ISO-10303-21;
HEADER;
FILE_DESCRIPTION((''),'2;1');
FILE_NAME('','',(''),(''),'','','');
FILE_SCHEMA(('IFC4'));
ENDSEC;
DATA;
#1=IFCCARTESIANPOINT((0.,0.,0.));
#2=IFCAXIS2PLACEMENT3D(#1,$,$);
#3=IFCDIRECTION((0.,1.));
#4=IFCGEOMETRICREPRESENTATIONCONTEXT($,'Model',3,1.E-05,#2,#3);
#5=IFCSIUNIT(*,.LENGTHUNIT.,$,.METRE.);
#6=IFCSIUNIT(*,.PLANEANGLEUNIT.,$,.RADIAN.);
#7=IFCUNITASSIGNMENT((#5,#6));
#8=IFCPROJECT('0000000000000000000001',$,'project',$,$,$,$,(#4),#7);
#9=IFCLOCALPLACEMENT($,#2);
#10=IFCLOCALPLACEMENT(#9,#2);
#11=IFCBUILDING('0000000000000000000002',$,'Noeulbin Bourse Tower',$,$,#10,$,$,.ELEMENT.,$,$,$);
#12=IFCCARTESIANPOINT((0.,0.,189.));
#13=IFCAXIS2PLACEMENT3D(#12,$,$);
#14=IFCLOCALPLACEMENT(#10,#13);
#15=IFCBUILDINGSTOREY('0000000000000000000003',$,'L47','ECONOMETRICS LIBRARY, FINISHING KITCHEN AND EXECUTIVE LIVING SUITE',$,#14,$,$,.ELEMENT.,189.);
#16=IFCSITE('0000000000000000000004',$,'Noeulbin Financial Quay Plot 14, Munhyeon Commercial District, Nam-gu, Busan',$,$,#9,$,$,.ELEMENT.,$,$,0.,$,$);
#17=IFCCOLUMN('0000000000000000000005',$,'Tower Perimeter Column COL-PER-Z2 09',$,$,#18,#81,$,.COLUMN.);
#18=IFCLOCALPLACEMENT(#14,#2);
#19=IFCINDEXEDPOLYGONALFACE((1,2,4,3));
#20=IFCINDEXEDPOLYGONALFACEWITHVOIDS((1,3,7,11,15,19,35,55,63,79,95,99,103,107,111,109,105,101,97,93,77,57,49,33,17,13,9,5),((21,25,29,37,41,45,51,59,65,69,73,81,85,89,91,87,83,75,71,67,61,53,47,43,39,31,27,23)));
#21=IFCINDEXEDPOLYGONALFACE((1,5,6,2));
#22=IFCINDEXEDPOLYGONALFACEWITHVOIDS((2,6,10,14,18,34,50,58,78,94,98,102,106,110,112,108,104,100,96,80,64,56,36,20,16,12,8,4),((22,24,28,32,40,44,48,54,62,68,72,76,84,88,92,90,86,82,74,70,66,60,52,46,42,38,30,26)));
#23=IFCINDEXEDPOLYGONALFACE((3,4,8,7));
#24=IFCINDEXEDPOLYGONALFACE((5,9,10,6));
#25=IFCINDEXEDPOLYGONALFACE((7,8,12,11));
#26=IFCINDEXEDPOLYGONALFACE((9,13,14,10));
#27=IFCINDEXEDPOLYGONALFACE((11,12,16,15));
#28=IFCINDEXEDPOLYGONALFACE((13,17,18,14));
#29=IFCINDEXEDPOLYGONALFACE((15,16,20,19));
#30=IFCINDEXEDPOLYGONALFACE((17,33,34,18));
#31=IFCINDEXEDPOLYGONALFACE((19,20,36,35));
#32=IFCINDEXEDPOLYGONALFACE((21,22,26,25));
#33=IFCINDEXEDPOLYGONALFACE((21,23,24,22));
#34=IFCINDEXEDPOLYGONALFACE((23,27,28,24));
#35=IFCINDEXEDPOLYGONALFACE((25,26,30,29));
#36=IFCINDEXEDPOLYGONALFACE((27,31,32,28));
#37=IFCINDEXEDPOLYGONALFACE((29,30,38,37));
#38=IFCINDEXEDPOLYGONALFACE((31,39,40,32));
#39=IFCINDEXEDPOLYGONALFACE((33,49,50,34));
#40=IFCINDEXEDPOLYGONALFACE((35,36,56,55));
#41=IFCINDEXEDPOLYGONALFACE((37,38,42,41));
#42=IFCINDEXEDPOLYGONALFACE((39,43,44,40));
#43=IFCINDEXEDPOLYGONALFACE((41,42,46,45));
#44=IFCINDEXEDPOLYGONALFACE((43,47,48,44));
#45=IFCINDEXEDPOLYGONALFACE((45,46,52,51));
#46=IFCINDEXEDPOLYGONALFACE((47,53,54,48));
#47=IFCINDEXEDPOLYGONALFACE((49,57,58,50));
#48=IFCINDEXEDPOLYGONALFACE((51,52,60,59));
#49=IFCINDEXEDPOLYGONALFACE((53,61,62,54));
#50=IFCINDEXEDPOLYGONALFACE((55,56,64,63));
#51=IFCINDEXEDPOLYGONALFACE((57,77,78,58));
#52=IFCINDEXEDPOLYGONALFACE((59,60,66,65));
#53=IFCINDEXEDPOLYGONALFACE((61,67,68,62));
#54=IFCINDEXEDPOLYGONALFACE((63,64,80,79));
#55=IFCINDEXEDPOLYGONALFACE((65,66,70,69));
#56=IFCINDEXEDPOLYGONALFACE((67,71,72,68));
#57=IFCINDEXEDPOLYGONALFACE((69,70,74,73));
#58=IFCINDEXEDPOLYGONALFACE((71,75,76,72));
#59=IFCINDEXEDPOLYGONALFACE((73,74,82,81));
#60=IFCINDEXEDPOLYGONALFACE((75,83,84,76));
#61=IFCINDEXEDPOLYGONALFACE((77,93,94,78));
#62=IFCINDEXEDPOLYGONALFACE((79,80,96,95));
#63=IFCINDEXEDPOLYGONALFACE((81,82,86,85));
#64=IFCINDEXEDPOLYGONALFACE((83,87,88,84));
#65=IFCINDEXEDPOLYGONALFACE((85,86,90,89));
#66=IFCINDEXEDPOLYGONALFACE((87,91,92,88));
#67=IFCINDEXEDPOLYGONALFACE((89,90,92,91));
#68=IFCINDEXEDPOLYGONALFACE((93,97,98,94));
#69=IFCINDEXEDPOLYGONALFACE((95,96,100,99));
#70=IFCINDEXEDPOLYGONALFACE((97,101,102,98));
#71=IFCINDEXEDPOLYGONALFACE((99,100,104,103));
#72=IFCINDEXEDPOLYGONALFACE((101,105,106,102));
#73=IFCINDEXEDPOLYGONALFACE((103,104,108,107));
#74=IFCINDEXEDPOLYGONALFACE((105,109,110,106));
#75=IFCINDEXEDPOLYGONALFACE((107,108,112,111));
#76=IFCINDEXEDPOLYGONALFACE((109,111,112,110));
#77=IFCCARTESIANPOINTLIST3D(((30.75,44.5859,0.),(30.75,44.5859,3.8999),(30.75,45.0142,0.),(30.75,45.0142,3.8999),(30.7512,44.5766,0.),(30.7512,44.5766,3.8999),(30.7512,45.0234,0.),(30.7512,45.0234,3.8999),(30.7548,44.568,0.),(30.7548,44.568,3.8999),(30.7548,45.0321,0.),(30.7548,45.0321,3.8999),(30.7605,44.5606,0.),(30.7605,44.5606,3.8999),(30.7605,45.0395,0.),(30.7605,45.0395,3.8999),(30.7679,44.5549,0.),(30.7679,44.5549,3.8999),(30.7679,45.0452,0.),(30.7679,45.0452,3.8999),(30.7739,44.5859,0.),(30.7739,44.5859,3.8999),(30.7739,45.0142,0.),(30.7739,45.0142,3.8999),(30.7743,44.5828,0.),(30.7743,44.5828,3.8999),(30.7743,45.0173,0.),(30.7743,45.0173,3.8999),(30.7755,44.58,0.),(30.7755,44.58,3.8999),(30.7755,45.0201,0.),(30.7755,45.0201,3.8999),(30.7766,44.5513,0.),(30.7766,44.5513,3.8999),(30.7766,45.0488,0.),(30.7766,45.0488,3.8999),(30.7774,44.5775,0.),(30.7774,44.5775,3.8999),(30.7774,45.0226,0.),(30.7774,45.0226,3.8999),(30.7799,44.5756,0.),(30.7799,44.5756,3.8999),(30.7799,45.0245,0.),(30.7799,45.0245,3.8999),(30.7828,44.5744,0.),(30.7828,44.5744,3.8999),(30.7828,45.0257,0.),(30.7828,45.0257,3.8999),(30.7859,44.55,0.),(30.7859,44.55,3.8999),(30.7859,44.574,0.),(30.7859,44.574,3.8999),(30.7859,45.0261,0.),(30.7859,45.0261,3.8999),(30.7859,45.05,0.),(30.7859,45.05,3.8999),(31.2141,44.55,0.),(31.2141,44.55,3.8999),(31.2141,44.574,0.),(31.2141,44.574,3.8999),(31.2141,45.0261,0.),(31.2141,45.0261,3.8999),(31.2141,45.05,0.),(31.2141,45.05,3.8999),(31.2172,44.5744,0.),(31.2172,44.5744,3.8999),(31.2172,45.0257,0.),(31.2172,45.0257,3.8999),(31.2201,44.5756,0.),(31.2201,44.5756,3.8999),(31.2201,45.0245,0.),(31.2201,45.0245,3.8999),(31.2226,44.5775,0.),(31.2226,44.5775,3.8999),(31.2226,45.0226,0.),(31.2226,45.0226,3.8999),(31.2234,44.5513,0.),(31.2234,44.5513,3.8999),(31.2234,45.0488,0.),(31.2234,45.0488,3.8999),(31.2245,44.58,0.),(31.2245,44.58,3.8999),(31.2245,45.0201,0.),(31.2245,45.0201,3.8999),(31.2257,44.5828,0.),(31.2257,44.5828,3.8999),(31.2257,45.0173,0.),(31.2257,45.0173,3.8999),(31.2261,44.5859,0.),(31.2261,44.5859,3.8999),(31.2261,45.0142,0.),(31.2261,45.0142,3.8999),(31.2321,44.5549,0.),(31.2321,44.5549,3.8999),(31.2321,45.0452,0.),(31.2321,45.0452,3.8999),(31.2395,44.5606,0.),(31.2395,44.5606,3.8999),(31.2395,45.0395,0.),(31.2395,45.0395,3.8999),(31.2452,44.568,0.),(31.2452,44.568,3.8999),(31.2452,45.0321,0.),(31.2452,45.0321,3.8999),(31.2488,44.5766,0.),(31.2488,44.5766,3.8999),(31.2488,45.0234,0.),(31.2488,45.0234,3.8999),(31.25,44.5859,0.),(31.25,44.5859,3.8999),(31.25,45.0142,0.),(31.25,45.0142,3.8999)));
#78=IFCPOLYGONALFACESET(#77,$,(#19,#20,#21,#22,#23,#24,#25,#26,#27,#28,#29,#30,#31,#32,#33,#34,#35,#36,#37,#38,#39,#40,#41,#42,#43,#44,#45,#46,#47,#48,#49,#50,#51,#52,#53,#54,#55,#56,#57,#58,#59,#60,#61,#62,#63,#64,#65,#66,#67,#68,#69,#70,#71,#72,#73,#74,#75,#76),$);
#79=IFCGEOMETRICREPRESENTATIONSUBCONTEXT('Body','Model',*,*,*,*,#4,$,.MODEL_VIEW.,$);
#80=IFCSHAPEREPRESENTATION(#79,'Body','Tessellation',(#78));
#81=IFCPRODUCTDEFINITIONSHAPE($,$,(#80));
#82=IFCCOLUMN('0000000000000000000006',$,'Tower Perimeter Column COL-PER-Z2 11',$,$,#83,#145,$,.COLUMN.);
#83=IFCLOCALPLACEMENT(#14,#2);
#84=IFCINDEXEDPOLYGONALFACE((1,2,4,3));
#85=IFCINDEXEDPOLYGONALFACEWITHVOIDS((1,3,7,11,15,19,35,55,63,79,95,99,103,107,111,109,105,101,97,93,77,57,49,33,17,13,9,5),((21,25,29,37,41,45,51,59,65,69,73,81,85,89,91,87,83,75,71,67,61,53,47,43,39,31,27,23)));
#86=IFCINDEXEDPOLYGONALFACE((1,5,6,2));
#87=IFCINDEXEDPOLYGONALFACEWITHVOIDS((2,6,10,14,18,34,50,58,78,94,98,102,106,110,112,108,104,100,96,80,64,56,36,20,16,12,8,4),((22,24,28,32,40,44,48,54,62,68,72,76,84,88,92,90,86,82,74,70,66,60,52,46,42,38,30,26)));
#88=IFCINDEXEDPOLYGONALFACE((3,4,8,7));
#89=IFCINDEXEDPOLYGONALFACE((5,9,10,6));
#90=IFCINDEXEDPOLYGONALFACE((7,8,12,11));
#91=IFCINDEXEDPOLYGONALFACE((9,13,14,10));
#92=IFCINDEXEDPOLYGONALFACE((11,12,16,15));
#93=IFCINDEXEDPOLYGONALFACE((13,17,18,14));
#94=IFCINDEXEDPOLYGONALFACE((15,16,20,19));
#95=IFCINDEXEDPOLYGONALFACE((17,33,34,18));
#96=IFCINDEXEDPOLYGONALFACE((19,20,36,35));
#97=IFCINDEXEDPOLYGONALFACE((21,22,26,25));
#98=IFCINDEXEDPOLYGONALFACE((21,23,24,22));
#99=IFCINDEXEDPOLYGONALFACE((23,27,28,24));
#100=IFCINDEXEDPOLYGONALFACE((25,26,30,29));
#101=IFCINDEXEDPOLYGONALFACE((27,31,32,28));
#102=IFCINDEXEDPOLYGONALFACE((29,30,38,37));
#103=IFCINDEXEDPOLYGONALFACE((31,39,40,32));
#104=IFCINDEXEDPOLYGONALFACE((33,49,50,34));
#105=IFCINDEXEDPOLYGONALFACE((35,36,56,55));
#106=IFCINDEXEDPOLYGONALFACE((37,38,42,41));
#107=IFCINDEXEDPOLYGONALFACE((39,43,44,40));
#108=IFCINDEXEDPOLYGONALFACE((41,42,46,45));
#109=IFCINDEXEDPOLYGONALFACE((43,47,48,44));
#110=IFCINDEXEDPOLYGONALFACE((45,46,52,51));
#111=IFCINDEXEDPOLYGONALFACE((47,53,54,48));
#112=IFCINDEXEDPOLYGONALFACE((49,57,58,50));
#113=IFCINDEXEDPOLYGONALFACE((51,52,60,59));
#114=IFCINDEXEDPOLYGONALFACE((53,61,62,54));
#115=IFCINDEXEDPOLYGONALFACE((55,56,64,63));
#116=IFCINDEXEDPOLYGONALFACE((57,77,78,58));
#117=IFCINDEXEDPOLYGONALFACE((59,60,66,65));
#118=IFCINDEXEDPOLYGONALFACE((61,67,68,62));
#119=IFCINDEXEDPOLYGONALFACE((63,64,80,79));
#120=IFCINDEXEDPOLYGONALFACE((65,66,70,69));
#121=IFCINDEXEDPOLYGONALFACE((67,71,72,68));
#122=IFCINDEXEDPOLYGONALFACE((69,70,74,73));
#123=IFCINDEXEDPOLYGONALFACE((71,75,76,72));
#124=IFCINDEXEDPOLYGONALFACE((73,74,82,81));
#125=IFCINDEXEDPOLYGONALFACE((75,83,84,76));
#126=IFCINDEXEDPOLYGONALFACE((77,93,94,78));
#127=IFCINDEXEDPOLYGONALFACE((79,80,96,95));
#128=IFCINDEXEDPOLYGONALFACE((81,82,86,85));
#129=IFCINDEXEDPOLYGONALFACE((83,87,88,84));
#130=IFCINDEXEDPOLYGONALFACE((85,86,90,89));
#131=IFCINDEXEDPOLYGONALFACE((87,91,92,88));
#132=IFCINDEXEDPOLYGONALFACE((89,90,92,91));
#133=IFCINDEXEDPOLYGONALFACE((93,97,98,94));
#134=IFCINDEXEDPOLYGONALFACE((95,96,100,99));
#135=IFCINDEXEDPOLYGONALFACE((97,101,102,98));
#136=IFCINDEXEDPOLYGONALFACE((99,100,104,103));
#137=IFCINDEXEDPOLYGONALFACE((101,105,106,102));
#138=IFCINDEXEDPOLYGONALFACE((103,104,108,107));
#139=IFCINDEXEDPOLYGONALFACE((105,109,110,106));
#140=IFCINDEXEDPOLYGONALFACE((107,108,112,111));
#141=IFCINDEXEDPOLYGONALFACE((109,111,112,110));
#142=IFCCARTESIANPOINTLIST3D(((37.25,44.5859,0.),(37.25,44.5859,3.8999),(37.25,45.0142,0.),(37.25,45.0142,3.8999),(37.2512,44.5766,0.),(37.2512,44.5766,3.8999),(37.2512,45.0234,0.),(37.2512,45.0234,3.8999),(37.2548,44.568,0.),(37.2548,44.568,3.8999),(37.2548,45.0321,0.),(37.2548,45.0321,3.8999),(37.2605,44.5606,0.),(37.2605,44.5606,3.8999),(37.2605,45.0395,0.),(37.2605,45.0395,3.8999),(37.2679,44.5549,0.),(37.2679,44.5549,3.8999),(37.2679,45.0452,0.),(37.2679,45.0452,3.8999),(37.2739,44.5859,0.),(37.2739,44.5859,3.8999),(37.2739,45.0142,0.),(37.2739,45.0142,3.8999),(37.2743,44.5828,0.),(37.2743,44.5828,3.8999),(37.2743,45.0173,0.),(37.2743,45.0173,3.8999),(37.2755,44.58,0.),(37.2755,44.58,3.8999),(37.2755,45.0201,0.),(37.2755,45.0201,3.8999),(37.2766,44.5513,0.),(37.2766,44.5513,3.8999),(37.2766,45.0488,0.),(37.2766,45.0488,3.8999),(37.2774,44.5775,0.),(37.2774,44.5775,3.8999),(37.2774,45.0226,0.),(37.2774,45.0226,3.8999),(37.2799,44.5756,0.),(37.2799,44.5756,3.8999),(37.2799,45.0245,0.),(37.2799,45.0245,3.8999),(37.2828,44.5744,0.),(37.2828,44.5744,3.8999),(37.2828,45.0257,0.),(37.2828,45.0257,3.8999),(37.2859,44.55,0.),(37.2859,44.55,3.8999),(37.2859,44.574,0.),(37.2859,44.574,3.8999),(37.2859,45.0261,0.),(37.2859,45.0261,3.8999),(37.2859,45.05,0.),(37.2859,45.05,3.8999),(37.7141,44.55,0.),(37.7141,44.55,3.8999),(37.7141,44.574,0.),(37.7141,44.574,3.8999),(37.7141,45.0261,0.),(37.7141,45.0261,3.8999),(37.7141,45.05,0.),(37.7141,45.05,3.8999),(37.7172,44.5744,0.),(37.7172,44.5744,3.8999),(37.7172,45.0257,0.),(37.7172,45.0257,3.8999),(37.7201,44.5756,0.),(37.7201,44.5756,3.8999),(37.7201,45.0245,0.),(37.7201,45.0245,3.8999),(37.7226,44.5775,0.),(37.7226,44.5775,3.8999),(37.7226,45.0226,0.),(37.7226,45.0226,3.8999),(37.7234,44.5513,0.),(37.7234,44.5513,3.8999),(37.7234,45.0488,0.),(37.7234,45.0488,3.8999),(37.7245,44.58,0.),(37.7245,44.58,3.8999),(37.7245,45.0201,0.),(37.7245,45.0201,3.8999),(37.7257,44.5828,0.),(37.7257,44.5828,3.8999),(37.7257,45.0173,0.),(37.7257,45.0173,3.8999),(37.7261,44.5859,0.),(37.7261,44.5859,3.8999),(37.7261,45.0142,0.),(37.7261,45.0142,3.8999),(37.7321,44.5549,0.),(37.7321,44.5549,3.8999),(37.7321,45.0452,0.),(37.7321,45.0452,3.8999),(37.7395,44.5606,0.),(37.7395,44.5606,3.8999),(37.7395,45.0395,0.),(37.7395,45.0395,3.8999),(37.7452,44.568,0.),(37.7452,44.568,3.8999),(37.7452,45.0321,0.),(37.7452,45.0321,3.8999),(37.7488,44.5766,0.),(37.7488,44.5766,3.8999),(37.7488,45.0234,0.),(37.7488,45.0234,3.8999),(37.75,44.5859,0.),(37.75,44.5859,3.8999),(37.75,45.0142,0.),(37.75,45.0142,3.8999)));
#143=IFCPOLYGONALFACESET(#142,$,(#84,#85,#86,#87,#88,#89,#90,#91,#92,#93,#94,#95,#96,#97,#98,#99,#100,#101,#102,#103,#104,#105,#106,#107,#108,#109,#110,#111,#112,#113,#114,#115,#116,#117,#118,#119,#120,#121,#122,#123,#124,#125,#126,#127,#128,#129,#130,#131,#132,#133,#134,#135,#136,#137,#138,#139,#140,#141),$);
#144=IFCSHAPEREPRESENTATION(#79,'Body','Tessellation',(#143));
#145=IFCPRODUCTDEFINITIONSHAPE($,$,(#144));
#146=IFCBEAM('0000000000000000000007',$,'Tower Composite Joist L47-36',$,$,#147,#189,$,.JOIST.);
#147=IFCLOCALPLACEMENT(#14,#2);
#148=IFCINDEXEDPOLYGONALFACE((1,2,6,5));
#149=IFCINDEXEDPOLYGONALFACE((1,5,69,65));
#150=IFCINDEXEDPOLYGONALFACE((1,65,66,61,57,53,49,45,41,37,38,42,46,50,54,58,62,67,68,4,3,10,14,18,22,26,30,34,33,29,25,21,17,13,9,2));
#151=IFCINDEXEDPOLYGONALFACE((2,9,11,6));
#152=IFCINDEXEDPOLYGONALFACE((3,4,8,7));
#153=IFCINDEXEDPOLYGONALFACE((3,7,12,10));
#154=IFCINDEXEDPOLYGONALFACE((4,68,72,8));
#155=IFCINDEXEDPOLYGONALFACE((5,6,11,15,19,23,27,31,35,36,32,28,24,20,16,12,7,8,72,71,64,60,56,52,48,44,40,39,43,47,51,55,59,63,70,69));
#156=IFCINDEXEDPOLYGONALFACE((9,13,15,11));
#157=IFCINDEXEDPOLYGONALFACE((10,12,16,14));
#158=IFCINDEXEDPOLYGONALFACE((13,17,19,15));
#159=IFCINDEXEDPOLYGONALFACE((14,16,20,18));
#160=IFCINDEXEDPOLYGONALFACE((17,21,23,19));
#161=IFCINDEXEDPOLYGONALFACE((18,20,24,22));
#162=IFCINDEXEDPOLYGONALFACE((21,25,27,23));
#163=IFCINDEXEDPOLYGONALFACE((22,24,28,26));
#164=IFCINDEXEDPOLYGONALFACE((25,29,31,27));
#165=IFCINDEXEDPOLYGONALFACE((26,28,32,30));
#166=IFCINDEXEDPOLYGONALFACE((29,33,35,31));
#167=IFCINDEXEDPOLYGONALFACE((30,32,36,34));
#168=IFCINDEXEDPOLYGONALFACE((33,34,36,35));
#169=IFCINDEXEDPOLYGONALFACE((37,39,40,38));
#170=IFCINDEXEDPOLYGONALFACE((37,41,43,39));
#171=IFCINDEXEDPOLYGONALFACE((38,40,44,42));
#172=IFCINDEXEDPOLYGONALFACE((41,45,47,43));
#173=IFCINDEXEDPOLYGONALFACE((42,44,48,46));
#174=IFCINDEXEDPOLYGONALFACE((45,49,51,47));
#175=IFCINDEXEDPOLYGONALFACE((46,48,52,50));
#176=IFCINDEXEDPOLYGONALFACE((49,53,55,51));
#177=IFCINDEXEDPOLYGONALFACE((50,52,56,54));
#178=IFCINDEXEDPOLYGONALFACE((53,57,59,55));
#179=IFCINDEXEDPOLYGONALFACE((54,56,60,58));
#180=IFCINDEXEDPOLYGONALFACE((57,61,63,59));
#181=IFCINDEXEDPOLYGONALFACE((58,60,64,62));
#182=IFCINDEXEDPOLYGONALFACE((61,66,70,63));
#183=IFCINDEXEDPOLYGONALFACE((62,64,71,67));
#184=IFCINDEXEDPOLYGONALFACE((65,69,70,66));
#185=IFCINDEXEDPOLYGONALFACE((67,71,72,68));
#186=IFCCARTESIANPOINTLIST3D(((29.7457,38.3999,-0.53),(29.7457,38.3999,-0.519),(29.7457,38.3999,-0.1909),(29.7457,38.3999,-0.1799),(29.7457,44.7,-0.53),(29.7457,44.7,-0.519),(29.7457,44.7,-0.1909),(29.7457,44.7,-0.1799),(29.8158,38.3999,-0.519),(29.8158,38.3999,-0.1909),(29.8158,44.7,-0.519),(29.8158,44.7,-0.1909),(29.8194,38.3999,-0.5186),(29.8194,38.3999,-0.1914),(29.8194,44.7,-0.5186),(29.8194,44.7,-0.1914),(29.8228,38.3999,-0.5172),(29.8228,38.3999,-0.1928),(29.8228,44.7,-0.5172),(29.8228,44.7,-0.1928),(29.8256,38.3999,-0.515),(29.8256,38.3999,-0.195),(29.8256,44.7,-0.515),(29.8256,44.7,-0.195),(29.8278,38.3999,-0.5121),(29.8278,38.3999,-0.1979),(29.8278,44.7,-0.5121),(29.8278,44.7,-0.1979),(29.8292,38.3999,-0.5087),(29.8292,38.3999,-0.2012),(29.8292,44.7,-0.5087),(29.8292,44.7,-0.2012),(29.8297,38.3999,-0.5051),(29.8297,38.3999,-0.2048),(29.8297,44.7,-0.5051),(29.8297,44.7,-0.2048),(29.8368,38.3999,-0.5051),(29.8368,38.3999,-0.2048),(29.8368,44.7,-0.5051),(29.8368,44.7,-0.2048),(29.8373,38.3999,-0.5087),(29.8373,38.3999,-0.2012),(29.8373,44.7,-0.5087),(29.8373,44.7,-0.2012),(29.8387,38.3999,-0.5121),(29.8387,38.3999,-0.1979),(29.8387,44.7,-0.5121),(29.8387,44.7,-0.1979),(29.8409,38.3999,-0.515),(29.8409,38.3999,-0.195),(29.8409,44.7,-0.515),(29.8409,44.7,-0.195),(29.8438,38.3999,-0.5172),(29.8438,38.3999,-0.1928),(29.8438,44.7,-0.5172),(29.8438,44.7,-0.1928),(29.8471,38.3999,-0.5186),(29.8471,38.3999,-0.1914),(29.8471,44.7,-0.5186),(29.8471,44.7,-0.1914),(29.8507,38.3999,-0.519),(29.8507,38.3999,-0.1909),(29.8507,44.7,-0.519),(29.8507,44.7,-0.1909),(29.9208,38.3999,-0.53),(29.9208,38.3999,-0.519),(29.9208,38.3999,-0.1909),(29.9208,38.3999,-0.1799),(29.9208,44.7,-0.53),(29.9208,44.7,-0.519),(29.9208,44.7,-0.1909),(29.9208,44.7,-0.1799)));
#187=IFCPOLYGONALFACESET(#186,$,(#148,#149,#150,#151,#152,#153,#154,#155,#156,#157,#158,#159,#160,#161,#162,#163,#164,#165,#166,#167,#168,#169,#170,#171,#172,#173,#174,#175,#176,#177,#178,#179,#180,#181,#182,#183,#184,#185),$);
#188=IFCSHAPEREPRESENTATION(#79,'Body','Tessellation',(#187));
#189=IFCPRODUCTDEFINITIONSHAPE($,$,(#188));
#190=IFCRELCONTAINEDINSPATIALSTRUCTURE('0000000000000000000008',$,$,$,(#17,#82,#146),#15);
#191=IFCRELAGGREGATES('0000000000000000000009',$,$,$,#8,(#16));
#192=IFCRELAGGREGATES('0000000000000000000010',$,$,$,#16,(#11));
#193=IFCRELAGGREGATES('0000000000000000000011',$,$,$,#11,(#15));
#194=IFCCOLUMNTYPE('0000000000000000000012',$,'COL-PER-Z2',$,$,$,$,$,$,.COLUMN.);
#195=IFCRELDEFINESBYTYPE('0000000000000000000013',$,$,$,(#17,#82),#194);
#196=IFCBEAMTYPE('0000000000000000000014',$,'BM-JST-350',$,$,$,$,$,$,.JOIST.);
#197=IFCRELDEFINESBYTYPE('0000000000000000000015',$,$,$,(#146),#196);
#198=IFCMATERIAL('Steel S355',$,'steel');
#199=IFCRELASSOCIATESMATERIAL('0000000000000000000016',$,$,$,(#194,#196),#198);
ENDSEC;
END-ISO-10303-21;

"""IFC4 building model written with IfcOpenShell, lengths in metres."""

from ifc_helpers import new_model, si_unit, direction, frame, origin, origin_2d, place, context, subcontext, project, spatial, hollow_rectangle, i_section, extrude, material, material_profile, profile_set, type_object, element, save


model = new_model("IFC4")

# Units and contexts
model_context = context("Model", 3, precision=1e-05, world=origin(), true_north=direction((0.0, 1.0)))
body_context = subcontext(model_context, "Body", "Model", "MODEL_VIEW")
ifc_project = project(units=[si_unit("LENGTHUNIT", "METRE"), si_unit("PLANEANGLEUNIT", "RADIAN")], contexts=[model_context])

# Site, building, storey
site_placement = place(None, origin())
site = spatial("IfcSite", under=ifc_project, at=site_placement, Name="Noeulbin Financial Quay Plot 14, Munhyeon Commercial District, Nam-gu, Busan", CompositionType="ELEMENT", RefElevation=0.0)
building_placement = place(site_placement, origin())
building = spatial("IfcBuilding", under=site, at=building_placement, Name="Noeulbin Bourse Tower", CompositionType="ELEMENT")
storey_placement = place(building_placement, frame((0.0, 0.0, 189.0)))
storey = spatial("IfcBuildingStorey", under=building, at=storey_placement, Name="L47", Description="ECONOMETRICS LIBRARY, FINISHING KITCHEN AND EXECUTIVE LIVING SUITE", CompositionType="ELEMENT", Elevation=189.0)

# Columns
ifc_material_1 = material(Name="Steel S355", Category="steel")
ifc_material_profile_1 = material_profile(ifc_material_1, hollow_rectangle(XDim=0.5, YDim=0.5, WallThickness=0.0239, InnerFilletRadius=0.012, OuterFilletRadius=0.0359, at=origin_2d()), Name="BOX-500x500x24", Category="LoadBearing")
ifc_profile_set_1 = profile_set([ifc_material_profile_1], Name="Steel S355")
column_type = type_object("IfcColumnType", Name="COL-PER-Z2", PredefinedType="COLUMN", material=ifc_profile_set_1)
for number, where, z_axis, x_axis, name in (
    (1, (31.0, 44.8, 0.0), (0.0, 0.0, 1.0), (1.0, 0.0, 0.0), "Tower Perimeter Column COL-PER-Z2 09"),
    (2, (37.5, 44.8, 0.0), (0.0, 0.0, 1.0), (1.0, 0.0, 0.0), "Tower Perimeter Column COL-PER-Z2 11"),
):
    element("IfcColumn", number, at=place(storey_placement, frame(where, z_axis=z_axis, x_axis=x_axis)), inside=storey, type_object=column_type, Name=name, PredefinedType="COLUMN", context=body_context, shape_type="SweptSolid", body=[
        extrude(hollow_rectangle(XDim=0.5, YDim=0.5, WallThickness=0.0239, InnerFilletRadius=0.012, OuterFilletRadius=0.0359, at=origin_2d()), origin(), (0.0, 0.0, 1.0), 3.8999),
    ])

# Beam
ifc_material_profile_2 = material_profile(ifc_material_1, i_section(OverallWidth=0.175, OverallDepth=0.3501, WebThickness=0.0071, FlangeThickness=0.011, FilletRadius=0.0139, at=origin_2d()), Name="H-350x175x7x11", Category="LoadBearing")
ifc_profile_set_2 = profile_set([ifc_material_profile_2], Name="Steel S355")
beam_type_1 = type_object("IfcBeamType", Name="BM-JST-350", PredefinedType="JOIST", material=ifc_profile_set_2)
for number, where, z_axis, x_axis, name in (
    (3, (29.8333, 38.3999, -0.355), (0.0, 1.0, 0.0), (-1.0, 0.0, 0.0), "Tower Composite Joist L47-36"),
):
    element("IfcBeam", number, at=place(storey_placement, frame(where, z_axis=z_axis, x_axis=x_axis)), inside=storey, type_object=beam_type_1, Name=name, PredefinedType="JOIST", context=body_context, shape_type="SweptSolid", body=[
        extrude(i_section(OverallWidth=0.175, OverallDepth=0.3501, WebThickness=0.0071, FlangeThickness=0.011, FilletRadius=0.0139, at=origin_2d()), origin(), (0.0, 0.0, 1.0), 6.3),
    ])

save(model, "model.ifc")
